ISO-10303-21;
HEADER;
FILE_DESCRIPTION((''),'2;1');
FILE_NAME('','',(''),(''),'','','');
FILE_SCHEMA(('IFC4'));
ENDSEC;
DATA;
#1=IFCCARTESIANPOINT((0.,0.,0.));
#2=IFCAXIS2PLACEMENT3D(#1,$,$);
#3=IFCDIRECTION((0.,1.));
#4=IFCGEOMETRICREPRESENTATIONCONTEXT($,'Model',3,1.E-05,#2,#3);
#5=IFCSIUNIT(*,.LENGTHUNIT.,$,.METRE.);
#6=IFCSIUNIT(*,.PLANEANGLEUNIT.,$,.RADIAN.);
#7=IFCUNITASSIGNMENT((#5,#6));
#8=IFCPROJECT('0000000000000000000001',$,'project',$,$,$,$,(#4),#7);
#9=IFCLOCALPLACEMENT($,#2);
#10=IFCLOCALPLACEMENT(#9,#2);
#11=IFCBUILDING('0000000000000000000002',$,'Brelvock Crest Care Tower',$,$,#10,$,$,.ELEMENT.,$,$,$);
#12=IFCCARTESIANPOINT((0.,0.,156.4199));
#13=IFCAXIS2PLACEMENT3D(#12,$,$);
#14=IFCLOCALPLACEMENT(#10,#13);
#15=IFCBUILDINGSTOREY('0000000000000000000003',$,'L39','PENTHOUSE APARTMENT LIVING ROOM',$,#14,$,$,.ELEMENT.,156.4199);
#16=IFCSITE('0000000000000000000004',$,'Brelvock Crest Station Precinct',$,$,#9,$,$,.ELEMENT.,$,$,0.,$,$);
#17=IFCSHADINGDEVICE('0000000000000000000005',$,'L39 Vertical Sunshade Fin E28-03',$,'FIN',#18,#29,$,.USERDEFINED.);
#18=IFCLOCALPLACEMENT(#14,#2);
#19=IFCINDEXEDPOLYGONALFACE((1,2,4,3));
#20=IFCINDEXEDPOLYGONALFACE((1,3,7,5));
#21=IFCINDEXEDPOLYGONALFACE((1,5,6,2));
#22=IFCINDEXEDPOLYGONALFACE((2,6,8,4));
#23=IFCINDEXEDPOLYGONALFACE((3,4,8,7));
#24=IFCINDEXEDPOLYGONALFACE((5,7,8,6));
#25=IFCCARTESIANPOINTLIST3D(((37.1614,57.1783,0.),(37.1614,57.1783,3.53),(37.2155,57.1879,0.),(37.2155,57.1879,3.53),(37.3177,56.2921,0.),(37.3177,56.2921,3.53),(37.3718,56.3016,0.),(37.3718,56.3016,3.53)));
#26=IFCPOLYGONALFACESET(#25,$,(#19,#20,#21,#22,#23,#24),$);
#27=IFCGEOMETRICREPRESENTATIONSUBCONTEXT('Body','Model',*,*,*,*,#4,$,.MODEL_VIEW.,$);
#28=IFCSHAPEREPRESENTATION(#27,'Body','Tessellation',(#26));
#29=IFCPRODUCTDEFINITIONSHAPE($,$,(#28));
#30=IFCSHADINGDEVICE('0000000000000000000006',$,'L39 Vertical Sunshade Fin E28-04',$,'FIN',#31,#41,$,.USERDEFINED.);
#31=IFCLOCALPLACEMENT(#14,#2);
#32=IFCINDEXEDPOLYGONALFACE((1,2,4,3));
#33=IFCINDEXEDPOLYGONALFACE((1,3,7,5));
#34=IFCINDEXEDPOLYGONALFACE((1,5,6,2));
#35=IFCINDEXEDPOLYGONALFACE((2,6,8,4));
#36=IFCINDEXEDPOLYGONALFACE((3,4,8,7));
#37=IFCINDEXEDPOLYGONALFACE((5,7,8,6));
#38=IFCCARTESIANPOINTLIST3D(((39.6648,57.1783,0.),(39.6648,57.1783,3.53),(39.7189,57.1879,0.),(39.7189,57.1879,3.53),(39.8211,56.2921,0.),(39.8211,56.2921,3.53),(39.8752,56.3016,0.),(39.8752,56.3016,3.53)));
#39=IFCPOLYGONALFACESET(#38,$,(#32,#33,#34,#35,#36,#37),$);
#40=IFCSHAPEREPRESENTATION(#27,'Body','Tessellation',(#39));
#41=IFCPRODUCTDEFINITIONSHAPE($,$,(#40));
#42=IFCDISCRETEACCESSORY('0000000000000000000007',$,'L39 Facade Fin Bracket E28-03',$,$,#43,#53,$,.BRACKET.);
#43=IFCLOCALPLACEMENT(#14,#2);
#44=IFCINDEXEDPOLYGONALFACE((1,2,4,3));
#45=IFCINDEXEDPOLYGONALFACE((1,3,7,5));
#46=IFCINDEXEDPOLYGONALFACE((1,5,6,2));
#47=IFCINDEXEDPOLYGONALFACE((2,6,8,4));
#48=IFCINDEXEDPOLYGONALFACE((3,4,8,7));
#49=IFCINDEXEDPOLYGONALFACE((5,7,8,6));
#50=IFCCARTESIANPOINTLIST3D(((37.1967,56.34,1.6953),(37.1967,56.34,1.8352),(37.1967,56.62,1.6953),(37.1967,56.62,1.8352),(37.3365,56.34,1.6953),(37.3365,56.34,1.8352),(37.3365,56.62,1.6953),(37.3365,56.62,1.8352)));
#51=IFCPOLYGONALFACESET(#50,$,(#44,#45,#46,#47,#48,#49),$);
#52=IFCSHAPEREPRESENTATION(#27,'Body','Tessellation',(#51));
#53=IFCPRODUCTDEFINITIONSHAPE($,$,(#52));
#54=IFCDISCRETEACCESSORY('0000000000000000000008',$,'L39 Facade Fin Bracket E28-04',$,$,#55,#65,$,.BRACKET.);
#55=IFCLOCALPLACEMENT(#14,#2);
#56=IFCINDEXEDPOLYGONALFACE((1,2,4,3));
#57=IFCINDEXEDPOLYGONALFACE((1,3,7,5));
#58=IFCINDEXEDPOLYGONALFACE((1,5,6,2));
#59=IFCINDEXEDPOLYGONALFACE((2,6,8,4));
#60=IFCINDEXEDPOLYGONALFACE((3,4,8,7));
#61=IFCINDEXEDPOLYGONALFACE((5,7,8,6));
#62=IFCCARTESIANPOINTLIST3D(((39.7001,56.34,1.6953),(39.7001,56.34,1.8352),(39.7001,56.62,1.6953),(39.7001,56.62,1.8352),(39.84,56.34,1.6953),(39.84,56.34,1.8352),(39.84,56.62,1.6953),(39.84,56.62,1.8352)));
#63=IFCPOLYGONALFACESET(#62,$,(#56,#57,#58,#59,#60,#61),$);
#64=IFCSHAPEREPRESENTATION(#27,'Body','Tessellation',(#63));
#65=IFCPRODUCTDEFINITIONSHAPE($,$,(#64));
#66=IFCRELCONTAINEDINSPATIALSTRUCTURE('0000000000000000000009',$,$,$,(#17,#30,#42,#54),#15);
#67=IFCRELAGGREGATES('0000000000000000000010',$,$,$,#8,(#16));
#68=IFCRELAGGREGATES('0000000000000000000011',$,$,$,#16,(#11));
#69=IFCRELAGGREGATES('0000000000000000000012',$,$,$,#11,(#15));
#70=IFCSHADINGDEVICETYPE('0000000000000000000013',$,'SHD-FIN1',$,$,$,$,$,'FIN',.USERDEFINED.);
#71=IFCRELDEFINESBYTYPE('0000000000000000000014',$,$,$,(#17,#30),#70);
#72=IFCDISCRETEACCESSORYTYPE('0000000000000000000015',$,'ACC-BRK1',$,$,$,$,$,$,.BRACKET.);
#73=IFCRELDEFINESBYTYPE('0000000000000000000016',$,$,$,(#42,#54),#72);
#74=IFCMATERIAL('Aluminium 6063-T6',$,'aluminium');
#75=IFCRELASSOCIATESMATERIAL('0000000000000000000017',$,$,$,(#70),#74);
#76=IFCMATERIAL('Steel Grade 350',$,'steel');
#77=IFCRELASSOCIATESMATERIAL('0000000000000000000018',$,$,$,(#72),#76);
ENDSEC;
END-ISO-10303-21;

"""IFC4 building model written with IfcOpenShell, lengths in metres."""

from ifc_helpers import new_model, si_unit, direction, frame, origin, origin_2d, place, context, subcontext, project, spatial, rectangle, extrude, source, transform, mapped, material, material_profile, profile_set, type_object, element, save


model = new_model("IFC4")

# Units and contexts
model_context = context("Model", 3, precision=1e-05, world=origin(), true_north=direction((0.0, 1.0)))
body_context = subcontext(model_context, "Body", "Model", "MODEL_VIEW")
ifc_project = project(units=[si_unit("LENGTHUNIT", "METRE"), si_unit("PLANEANGLEUNIT", "RADIAN")], contexts=[model_context])

# Site, building, storey
site_placement = place(None, origin())
site = spatial("IfcSite", under=ifc_project, at=site_placement, Name="Brelvock Crest Station Precinct", CompositionType="ELEMENT", RefElevation=0.0)
building_placement = place(site_placement, origin())
building = spatial("IfcBuilding", under=site, at=building_placement, Name="Brelvock Crest Care Tower", CompositionType="ELEMENT")
storey_placement = place(building_placement, frame((0.0, 0.0, 156.4199)))
storey = spatial("IfcBuildingStorey", under=building, at=storey_placement, Name="L39", Description="PENTHOUSE APARTMENT LIVING ROOM", CompositionType="ELEMENT", Elevation=156.4199)

# Shared definitions
ifc_material_1 = material(Name="Steel Grade 350", Category="steel")

# Shared definitions
ifc_material_2 = material(Name="Aluminium 6063-T6", Category="aluminium")

# Shading devices
ifc_material_profile_1 = material_profile(ifc_material_2, rectangle(XDim=0.0549, YDim=0.8999, at=origin_2d()), Name="FIN55x900")
ifc_profile_set_1 = profile_set([ifc_material_profile_1], Name="Aluminium 6063-T6")
shading_device_type = type_object("IfcShadingDeviceType", Name="SHD-FIN1", ElementType="FIN", PredefinedType="USERDEFINED", material=ifc_profile_set_1)
shared_shape_1 = source(origin(), body_context, "Body", "SweptSolid", [
    extrude(rectangle(XDim=0.0549, YDim=0.8999, at=origin_2d()), origin(), (0.0, 0.0, 1.0), 3.53),
])
for number, where, z_axis, x_axis, name in (
    (1, (37.2666, 56.74, 0.0), (0.0, 0.0, 1.0), (0.984808, 0.173648, 0.0), "L39 Vertical Sunshade Fin E28-03"),
    (2, (39.77, 56.74, 0.0), (0.0, 0.0, 1.0), (0.984808, 0.173648, 0.0), "L39 Vertical Sunshade Fin E28-04"),
):
    element("IfcShadingDevice", number, at=place(storey_placement, frame(where, z_axis=z_axis, x_axis=x_axis)), inside=storey, type_object=shading_device_type, Name=name, ObjectType="FIN", PredefinedType="USERDEFINED", context=body_context, shape_type="MappedRepresentation", body=[
        mapped(shared_shape_1, transform((0.0, 0.0, 0.0), x_axis=(1.0, 0.0, 0.0), y_axis=(0.0, 1.0, 0.0), z_axis=(0.0, 0.0, 1.0), scale=1.0)),
    ])

# Discrete accessories
discrete_accessory_type = type_object("IfcDiscreteAccessoryType", Name="ACC-BRK1", PredefinedType="BRACKET", material=ifc_material_1)
shared_shape_2 = source(origin(), body_context, "Body", "SweptSolid", [
    extrude(rectangle(XDim=0.28, YDim=0.1399, at=origin_2d()), origin(), (0.0, 0.0, 1.0), 0.1399),
])
for number, where, z_axis, x_axis, name in (
    (3, (37.2666, 56.48, 1.6953), (0.0, 0.0, 1.0), (0.0, 1.0, 0.0), "L39 Facade Fin Bracket E28-03"),
    (4, (39.77, 56.48, 1.6953), (0.0, 0.0, 1.0), (0.0, 1.0, 0.0), "L39 Facade Fin Bracket E28-04"),
):
    element("IfcDiscreteAccessory", number, at=place(storey_placement, frame(where, z_axis=z_axis, x_axis=x_axis)), inside=storey, type_object=discrete_accessory_type, Name=name, PredefinedType="BRACKET", context=body_context, shape_type="MappedRepresentation", body=[
        mapped(shared_shape_2, transform((0.0, 0.0, 0.0), x_axis=(1.0, 0.0, 0.0), y_axis=(0.0, 1.0, 0.0), z_axis=(0.0, 0.0, 1.0), scale=1.0)),
    ])

save(model, "model.ifc")
